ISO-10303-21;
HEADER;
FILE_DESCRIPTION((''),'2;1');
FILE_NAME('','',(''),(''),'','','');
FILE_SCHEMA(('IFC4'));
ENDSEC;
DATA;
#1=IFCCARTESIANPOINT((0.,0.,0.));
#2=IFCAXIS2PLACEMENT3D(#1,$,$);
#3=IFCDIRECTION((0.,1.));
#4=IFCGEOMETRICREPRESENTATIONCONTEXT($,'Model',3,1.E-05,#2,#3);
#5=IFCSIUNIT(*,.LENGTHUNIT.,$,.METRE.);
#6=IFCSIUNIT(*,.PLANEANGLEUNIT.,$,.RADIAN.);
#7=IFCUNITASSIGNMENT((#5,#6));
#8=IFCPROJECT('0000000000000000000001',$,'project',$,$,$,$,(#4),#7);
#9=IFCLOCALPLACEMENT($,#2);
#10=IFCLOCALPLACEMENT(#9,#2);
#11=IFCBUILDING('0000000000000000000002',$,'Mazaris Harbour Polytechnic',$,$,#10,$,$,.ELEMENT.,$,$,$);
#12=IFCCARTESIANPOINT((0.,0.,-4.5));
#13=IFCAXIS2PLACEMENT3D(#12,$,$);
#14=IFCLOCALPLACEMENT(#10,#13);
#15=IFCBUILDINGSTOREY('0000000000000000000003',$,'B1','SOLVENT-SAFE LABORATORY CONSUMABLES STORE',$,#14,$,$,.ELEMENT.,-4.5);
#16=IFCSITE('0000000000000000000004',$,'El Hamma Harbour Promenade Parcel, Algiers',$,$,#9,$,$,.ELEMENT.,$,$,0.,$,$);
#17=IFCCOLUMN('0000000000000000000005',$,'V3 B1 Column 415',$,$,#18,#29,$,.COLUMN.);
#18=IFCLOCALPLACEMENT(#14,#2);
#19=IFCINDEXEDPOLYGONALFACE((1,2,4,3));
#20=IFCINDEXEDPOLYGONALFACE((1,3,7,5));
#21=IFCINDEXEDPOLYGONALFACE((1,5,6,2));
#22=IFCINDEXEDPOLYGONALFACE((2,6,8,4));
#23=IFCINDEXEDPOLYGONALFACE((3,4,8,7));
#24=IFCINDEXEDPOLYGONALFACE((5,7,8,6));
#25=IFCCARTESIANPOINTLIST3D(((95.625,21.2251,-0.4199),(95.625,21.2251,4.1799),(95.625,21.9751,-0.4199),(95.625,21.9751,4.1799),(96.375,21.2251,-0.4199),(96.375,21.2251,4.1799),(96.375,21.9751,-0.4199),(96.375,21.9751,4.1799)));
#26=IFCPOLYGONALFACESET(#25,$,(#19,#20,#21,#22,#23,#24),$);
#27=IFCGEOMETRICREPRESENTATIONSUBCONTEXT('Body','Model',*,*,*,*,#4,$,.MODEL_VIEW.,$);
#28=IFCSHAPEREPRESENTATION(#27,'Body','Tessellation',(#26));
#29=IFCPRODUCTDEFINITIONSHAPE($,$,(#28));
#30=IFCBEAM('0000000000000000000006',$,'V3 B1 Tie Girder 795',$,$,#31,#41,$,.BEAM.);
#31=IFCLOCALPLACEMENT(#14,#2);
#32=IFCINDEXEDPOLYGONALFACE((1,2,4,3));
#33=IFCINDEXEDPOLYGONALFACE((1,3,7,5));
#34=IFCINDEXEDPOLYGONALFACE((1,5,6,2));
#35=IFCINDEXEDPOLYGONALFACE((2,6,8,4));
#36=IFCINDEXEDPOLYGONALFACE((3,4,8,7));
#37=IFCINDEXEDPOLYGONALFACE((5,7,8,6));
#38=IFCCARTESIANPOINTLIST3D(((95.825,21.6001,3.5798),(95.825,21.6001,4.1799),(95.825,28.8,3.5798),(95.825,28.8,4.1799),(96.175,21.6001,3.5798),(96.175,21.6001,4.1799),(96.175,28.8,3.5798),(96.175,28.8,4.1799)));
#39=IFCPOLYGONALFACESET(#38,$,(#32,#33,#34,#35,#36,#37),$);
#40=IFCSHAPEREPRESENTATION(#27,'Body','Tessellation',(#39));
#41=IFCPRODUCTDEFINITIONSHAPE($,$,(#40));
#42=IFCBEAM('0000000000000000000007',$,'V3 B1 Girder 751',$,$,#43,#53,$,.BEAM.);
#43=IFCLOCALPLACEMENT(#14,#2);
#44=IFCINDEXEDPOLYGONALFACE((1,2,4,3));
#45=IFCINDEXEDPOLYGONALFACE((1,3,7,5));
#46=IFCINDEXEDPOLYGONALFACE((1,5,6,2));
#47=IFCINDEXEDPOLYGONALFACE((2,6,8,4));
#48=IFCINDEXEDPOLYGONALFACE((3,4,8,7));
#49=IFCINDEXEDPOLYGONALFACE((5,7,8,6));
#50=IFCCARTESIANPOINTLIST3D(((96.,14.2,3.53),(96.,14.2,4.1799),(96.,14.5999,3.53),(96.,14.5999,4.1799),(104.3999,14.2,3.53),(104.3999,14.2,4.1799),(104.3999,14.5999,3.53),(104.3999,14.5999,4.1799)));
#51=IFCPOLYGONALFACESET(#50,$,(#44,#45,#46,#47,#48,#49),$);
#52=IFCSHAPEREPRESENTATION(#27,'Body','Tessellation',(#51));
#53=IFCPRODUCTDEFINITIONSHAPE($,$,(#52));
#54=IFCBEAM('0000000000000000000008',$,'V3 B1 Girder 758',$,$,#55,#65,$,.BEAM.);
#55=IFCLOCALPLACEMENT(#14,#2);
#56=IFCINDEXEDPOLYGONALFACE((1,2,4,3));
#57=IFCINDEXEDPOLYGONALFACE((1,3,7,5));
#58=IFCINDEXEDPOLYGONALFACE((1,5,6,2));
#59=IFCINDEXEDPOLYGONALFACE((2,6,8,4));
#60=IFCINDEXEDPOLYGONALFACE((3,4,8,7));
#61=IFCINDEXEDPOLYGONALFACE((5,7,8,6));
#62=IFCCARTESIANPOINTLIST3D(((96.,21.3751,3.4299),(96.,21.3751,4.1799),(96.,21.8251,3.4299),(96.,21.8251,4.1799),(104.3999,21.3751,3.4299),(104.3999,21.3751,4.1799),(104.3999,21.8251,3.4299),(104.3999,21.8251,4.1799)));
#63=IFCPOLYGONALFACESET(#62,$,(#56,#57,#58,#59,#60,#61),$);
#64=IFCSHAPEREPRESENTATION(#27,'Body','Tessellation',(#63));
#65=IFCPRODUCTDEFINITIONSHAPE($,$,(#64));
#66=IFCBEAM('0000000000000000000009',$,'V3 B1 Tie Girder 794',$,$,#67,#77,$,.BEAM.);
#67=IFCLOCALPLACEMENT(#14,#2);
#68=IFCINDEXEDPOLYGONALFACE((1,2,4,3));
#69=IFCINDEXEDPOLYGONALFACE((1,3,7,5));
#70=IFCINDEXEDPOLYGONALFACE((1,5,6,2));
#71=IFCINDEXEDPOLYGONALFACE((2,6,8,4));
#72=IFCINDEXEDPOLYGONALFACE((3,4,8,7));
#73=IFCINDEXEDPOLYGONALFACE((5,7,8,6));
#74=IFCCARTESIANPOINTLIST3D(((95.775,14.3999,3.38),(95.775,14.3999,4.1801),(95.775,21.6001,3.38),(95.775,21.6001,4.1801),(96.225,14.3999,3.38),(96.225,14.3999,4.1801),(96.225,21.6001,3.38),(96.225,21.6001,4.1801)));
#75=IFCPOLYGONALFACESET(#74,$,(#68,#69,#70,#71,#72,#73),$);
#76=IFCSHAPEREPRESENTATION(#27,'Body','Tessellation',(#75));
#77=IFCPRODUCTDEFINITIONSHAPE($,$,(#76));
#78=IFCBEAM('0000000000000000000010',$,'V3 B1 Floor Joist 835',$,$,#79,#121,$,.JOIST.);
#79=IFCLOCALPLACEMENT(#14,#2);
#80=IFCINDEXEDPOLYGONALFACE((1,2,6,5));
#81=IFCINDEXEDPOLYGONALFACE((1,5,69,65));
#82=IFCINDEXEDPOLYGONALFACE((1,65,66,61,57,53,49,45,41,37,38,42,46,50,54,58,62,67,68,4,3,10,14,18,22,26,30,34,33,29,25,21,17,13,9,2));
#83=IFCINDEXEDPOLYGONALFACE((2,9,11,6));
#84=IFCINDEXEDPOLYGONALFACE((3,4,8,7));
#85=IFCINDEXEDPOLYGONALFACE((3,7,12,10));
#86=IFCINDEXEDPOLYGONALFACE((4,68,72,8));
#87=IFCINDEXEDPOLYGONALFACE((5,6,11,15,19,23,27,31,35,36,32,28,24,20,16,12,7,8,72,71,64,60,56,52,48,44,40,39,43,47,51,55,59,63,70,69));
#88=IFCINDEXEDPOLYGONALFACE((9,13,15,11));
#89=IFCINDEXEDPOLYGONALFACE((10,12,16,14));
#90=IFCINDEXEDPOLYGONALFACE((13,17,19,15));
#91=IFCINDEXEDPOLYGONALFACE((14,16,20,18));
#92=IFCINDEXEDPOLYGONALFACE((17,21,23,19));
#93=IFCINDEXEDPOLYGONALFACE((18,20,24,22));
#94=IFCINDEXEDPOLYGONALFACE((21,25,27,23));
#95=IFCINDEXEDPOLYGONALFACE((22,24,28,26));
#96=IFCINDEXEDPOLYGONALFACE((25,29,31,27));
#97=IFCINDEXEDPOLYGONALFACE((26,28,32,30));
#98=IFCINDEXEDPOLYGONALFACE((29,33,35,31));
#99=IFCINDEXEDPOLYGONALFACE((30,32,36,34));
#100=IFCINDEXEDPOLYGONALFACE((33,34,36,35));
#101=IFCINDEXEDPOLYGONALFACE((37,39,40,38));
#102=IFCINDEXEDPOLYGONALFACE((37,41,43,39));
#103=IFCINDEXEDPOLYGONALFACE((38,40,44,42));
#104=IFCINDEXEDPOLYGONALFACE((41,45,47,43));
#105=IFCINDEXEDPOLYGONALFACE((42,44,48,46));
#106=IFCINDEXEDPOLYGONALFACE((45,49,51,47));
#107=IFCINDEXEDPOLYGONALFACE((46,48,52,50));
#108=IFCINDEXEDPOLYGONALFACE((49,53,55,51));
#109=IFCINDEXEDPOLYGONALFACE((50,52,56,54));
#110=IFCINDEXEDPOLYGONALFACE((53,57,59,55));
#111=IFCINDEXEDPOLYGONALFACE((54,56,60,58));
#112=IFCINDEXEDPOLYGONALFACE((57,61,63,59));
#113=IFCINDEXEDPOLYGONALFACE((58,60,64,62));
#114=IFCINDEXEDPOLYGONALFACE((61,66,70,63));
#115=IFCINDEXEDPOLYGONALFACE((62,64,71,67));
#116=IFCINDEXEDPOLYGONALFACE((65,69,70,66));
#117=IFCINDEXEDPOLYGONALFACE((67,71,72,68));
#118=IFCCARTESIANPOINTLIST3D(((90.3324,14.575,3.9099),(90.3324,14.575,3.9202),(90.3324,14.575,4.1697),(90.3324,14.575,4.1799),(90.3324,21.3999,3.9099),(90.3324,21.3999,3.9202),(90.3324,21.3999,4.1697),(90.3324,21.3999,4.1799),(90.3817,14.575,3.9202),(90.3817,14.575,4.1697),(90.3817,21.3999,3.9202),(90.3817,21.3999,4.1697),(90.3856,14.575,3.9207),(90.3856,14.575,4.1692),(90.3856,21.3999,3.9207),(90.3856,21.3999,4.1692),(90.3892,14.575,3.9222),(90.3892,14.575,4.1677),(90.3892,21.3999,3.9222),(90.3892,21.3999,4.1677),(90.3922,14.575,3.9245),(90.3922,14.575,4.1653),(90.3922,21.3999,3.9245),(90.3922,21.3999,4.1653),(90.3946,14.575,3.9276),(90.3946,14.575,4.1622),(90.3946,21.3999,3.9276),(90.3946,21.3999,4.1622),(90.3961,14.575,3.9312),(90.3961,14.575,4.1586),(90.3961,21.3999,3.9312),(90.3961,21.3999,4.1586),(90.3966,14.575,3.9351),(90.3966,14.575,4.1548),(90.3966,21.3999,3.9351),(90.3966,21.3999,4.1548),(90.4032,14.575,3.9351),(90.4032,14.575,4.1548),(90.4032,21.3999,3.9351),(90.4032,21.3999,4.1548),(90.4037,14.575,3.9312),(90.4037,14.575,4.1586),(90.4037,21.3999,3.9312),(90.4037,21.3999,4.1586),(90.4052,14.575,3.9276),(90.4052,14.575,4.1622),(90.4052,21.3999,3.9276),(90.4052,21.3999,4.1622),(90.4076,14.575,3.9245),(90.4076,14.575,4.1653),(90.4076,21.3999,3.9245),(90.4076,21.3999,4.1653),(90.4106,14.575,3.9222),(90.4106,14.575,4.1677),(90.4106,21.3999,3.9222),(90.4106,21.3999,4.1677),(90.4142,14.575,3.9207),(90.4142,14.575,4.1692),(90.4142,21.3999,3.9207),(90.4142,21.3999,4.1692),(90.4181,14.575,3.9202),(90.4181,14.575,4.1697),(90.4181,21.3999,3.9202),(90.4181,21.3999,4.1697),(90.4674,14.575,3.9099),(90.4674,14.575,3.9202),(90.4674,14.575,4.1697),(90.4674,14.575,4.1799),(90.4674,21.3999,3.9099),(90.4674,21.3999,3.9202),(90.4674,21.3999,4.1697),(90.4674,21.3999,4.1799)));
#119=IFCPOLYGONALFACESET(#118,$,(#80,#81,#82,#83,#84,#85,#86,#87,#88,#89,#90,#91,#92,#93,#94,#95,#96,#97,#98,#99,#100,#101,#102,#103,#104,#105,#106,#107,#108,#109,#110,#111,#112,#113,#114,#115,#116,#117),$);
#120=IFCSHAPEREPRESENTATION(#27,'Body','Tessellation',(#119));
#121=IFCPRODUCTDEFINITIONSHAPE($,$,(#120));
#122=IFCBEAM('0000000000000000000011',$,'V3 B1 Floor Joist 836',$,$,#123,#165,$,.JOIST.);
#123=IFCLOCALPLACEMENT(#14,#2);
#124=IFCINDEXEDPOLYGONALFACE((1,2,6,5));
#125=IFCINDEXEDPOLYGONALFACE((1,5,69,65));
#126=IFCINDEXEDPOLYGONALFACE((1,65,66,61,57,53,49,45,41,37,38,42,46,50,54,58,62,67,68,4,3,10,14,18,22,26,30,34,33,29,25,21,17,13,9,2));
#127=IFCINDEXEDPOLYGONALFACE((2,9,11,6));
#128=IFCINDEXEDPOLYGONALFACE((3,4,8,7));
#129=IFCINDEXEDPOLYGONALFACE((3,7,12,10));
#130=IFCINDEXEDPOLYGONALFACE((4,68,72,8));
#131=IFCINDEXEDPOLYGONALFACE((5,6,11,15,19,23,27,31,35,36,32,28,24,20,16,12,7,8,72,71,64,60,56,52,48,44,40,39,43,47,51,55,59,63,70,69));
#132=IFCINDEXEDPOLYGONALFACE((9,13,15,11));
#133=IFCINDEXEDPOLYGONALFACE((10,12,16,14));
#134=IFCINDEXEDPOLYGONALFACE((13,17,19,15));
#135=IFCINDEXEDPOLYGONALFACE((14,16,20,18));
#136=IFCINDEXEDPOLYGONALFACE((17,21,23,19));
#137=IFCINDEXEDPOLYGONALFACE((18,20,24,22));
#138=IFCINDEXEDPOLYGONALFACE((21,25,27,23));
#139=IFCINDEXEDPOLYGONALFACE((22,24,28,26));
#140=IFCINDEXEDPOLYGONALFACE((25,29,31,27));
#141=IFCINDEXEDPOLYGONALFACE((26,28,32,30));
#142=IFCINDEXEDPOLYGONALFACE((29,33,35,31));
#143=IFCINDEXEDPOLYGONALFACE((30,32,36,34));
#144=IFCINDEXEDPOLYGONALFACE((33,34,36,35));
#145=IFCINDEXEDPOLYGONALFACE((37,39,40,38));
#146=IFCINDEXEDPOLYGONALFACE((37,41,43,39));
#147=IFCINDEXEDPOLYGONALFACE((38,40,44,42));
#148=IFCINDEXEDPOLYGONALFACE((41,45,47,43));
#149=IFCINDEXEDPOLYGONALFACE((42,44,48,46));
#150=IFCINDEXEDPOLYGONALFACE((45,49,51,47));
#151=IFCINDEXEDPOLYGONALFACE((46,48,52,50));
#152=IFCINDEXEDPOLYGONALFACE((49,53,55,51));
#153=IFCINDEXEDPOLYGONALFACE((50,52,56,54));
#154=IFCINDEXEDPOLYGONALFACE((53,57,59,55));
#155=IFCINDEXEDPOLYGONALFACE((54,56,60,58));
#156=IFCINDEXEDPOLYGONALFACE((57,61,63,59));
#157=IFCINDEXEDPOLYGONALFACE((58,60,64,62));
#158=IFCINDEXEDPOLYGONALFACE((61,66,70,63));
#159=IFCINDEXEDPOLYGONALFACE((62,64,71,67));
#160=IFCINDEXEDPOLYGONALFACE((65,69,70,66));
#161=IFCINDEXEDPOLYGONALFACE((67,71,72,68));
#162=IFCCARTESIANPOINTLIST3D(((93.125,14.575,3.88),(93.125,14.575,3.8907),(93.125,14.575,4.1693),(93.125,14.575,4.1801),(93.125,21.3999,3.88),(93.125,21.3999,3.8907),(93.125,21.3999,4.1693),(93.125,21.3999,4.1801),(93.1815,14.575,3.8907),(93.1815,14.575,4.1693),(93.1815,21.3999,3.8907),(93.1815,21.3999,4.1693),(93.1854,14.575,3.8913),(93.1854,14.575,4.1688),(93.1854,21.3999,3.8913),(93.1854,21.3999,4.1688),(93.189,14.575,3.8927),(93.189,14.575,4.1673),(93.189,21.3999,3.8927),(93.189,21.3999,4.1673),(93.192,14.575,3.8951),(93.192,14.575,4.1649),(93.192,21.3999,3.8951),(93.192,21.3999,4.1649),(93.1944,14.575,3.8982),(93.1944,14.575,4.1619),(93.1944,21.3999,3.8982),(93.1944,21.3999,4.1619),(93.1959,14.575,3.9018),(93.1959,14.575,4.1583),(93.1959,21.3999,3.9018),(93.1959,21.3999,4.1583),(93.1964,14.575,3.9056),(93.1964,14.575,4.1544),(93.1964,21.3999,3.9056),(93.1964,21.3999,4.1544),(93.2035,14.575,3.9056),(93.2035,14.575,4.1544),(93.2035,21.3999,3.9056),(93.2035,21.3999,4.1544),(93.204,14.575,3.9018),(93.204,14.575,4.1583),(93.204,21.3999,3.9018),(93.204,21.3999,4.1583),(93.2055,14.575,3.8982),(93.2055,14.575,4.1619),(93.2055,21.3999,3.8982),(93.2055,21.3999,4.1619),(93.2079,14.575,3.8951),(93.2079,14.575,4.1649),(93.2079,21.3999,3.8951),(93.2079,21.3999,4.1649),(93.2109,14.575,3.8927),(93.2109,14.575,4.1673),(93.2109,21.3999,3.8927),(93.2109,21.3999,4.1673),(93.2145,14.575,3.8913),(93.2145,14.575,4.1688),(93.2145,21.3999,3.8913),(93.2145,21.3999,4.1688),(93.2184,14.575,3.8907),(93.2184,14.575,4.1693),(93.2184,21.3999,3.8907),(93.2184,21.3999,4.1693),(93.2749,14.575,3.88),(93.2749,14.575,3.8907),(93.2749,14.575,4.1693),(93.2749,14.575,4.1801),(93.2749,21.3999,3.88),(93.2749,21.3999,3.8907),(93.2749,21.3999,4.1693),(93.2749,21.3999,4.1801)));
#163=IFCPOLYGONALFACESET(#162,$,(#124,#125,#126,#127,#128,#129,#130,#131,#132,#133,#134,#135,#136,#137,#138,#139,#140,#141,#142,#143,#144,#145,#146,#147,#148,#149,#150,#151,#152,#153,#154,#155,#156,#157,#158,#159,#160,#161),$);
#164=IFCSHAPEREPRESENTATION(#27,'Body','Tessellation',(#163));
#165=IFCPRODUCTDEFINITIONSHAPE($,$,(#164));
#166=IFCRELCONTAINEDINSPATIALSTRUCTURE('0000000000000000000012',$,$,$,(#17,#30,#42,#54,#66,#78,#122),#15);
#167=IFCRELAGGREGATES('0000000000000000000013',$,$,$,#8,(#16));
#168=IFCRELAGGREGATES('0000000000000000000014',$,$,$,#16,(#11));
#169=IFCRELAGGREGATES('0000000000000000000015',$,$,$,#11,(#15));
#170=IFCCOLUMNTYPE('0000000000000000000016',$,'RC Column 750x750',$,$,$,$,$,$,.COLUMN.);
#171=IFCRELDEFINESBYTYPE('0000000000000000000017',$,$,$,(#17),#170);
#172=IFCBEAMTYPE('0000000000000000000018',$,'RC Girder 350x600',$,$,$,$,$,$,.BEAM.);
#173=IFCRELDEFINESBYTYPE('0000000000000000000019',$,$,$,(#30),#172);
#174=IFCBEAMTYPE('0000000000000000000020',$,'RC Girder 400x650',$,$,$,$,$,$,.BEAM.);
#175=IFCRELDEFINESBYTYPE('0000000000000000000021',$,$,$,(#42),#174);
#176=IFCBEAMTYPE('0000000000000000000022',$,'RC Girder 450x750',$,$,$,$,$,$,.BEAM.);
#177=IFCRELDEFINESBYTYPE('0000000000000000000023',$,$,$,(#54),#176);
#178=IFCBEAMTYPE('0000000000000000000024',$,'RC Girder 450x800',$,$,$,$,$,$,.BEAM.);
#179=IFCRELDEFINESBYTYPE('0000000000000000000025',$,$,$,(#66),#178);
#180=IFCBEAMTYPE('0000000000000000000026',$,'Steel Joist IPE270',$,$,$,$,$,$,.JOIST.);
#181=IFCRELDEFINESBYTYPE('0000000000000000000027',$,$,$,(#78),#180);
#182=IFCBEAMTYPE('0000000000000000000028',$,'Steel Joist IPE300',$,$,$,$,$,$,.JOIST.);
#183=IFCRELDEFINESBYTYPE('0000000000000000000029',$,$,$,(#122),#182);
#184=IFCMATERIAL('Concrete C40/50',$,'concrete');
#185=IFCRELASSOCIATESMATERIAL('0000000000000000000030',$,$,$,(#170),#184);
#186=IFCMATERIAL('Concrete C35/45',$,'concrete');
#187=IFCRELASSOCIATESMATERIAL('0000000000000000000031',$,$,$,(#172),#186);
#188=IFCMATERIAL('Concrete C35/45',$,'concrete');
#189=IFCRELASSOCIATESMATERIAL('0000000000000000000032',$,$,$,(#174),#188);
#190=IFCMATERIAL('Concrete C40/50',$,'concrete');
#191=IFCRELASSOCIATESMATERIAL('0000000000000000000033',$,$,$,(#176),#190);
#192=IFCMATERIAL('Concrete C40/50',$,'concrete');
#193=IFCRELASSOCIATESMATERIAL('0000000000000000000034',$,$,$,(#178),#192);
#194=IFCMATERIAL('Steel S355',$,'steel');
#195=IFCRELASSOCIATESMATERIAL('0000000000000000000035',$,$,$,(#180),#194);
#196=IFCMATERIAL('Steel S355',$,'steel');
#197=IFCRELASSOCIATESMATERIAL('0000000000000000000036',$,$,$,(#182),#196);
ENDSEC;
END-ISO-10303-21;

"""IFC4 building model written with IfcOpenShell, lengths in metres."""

from ifc_helpers import new_model, si_unit, direction, frame, origin, origin_2d, place, context, subcontext, project, spatial, rectangle, i_section, extrude, material, material_profile, profile_set, type_object, element, save


model = new_model("IFC4")

# Units and contexts
model_context = context("Model", 3, precision=1e-05, world=origin(), true_north=direction((0.0, 1.0)))
body_context = subcontext(model_context, "Body", "Model", "MODEL_VIEW")
ifc_project = project(units=[si_unit("LENGTHUNIT", "METRE"), si_unit("PLANEANGLEUNIT", "RADIAN")], contexts=[model_context])

# Site, building, storey
site_placement = place(None, origin())
site = spatial("IfcSite", under=ifc_project, at=site_placement, Name="El Hamma Harbour Promenade Parcel, Algiers", CompositionType="ELEMENT", RefElevation=0.0)
building_placement = place(site_placement, origin())
building = spatial("IfcBuilding", under=site, at=building_placement, Name="Mazaris Harbour Polytechnic", CompositionType="ELEMENT")
storey_placement = place(building_placement, frame((0.0, 0.0, -4.5)))
storey = spatial("IfcBuildingStorey", under=building, at=storey_placement, Name="B1", Description="SOLVENT-SAFE LABORATORY CONSUMABLES STORE", CompositionType="ELEMENT", Elevation=-4.5)

# Column
ifc_material_1 = material(Name="Concrete C40/50", Category="concrete")
ifc_material_profile_1 = material_profile(ifc_material_1, rectangle(XDim=0.75, YDim=0.75, at=origin_2d()), Name="RECT750x750")
ifc_profile_set_1 = profile_set([ifc_material_profile_1], Name="Concrete C40/50")
column_type_1 = type_object("IfcColumnType", Name="RC Column 750x750", PredefinedType="COLUMN", material=ifc_profile_set_1)
column_1_placement = place(storey_placement, frame((96.0, 21.6001, -0.4199), z_axis=(0.0, 0.0, 1.0), x_axis=(1.0, 0.0, 0.0)))
element("IfcColumn", 1, at=column_1_placement, inside=storey, type_object=column_type_1, Name="V3 B1 Column 415", PredefinedType="COLUMN", context=body_context, shape_type="SweptSolid", body=[
    extrude(rectangle(XDim=0.75, YDim=0.75, at=origin_2d()), origin(), (0.0, 0.0, 1.0), 4.5999),
])

# Beams
ifc_material_2 = material(Name="Concrete C35/45", Category="concrete")
ifc_material_profile_2 = material_profile(ifc_material_2, rectangle(XDim=0.3501, YDim=0.6001, at=origin_2d()), Name="RECT350x600")
ifc_profile_set_2 = profile_set([ifc_material_profile_2], Name="Concrete C35/45")
beam_type_1 = type_object("IfcBeamType", Name="RC Girder 350x600", PredefinedType="BEAM", material=ifc_profile_set_2)
beam_1_placement = place(storey_placement, frame((96.0, 21.6001, 3.8799), z_axis=(0.0, 1.0, 0.0), x_axis=(-1.0, 0.0, 0.0)))
element("IfcBeam", 2, at=beam_1_placement, inside=storey, type_object=beam_type_1, Name="V3 B1 Tie Girder 795", PredefinedType="BEAM", context=body_context, shape_type="SweptSolid", body=[
    extrude(rectangle(XDim=0.3501, YDim=0.6001, at=origin_2d()), origin(), (0.0, 0.0, 1.0), 7.2),
])
ifc_material_3 = material(Name="Concrete C35/45", Category="concrete")
ifc_material_profile_3 = material_profile(ifc_material_3, rectangle(XDim=0.3999, YDim=0.6499, at=origin_2d()), Name="RECT400x650")
ifc_profile_set_3 = profile_set([ifc_material_profile_3], Name="Concrete C35/45")
beam_type_2 = type_object("IfcBeamType", Name="RC Girder 400x650", PredefinedType="BEAM", material=ifc_profile_set_3)
beam_2_placement = place(storey_placement, frame((96.0, 14.3999, 3.855), z_axis=(1.0, 0.0, 0.0), x_axis=(0.0, 1.0, 0.0)))
element("IfcBeam", 3, at=beam_2_placement, inside=storey, type_object=beam_type_2, Name="V3 B1 Girder 751", PredefinedType="BEAM", context=body_context, shape_type="SweptSolid", body=[
    extrude(rectangle(XDim=0.3999, YDim=0.6499, at=origin_2d()), origin(), (0.0, 0.0, 1.0), 8.3999),
])
ifc_material_4 = material(Name="Concrete C40/50", Category="concrete")
ifc_material_profile_4 = material_profile(ifc_material_4, rectangle(XDim=0.45, YDim=0.75, at=origin_2d()), Name="RECT450x750")
ifc_profile_set_4 = profile_set([ifc_material_profile_4], Name="Concrete C40/50")
beam_type_3 = type_object("IfcBeamType", Name="RC Girder 450x750", PredefinedType="BEAM", material=ifc_profile_set_4)
beam_3_placement = place(storey_placement, frame((96.0, 21.6001, 3.8049), z_axis=(1.0, 0.0, 0.0), x_axis=(0.0, 1.0, 0.0)))
element("IfcBeam", 4, at=beam_3_placement, inside=storey, type_object=beam_type_3, Name="V3 B1 Girder 758", PredefinedType="BEAM", context=body_context, shape_type="SweptSolid", body=[
    extrude(rectangle(XDim=0.45, YDim=0.75, at=origin_2d()), origin(), (0.0, 0.0, 1.0), 8.3999),
])
ifc_material_5 = material(Name="Concrete C40/50", Category="concrete")
ifc_material_profile_5 = material_profile(ifc_material_5, rectangle(XDim=0.45, YDim=0.8, at=origin_2d()), Name="RECT450x800")
ifc_profile_set_5 = profile_set([ifc_material_profile_5], Name="Concrete C40/50")
beam_type_4 = type_object("IfcBeamType", Name="RC Girder 450x800", PredefinedType="BEAM", material=ifc_profile_set_5)
beam_4_placement = place(storey_placement, frame((96.0, 14.3999, 3.78), z_axis=(0.0, 1.0, 0.0), x_axis=(-1.0, 0.0, 0.0)))
element("IfcBeam", 5, at=beam_4_placement, inside=storey, type_object=beam_type_4, Name="V3 B1 Tie Girder 794", PredefinedType="BEAM", context=body_context, shape_type="SweptSolid", body=[
    extrude(rectangle(XDim=0.45, YDim=0.8, at=origin_2d()), origin(), (0.0, 0.0, 1.0), 7.2002),
])
ifc_material_6 = material(Name="Steel S355", Category="steel")
ifc_material_profile_6 = material_profile(ifc_material_6, i_section(OverallWidth=0.135, OverallDepth=0.27, WebThickness=0.0066, FlangeThickness=0.0103, FilletRadius=0.0149, at=origin_2d()), Name="IPE 270")
ifc_profile_set_6 = profile_set([ifc_material_profile_6], Name="Steel S355")
beam_type_5 = type_object("IfcBeamType", Name="Steel Joist IPE270", PredefinedType="JOIST", material=ifc_profile_set_6)
beam_5_placement = place(storey_placement, frame((90.3999, 14.575, 4.0449), z_axis=(0.0, 1.0, 0.0), x_axis=(-1.0, 0.0, 0.0)))
element("IfcBeam", 6, at=beam_5_placement, inside=storey, type_object=beam_type_5, Name="V3 B1 Floor Joist 835", PredefinedType="JOIST", context=body_context, shape_type="SweptSolid", body=[
    extrude(i_section(OverallWidth=0.135, OverallDepth=0.27, WebThickness=0.0066, FlangeThickness=0.0103, FilletRadius=0.0149, at=origin_2d()), origin(), (0.0, 0.0, 1.0), 6.825),
])
ifc_material_7 = material(Name="Steel S355", Category="steel")
ifc_material_profile_7 = material_profile(ifc_material_7, i_section(OverallWidth=0.1499, OverallDepth=0.3, WebThickness=0.0071, FlangeThickness=0.0107, FilletRadius=0.0149, at=origin_2d()), Name="IPE 300")
ifc_profile_set_7 = profile_set([ifc_material_profile_7], Name="Steel S355")
beam_type_6 = type_object("IfcBeamType", Name="Steel Joist IPE300", PredefinedType="JOIST", material=ifc_profile_set_7)
beam_6_placement = place(storey_placement, frame((93.2, 14.575, 4.03), z_axis=(0.0, 1.0, 0.0), x_axis=(-1.0, 0.0, 0.0)))
element("IfcBeam", 7, at=beam_6_placement, inside=storey, type_object=beam_type_6, Name="V3 B1 Floor Joist 836", PredefinedType="JOIST", context=body_context, shape_type="SweptSolid", body=[
    extrude(i_section(OverallWidth=0.1499, OverallDepth=0.3, WebThickness=0.0071, FlangeThickness=0.0107, FilletRadius=0.0149, at=origin_2d()), origin(), (0.0, 0.0, 1.0), 6.825),
])

save(model, "model.ifc")
